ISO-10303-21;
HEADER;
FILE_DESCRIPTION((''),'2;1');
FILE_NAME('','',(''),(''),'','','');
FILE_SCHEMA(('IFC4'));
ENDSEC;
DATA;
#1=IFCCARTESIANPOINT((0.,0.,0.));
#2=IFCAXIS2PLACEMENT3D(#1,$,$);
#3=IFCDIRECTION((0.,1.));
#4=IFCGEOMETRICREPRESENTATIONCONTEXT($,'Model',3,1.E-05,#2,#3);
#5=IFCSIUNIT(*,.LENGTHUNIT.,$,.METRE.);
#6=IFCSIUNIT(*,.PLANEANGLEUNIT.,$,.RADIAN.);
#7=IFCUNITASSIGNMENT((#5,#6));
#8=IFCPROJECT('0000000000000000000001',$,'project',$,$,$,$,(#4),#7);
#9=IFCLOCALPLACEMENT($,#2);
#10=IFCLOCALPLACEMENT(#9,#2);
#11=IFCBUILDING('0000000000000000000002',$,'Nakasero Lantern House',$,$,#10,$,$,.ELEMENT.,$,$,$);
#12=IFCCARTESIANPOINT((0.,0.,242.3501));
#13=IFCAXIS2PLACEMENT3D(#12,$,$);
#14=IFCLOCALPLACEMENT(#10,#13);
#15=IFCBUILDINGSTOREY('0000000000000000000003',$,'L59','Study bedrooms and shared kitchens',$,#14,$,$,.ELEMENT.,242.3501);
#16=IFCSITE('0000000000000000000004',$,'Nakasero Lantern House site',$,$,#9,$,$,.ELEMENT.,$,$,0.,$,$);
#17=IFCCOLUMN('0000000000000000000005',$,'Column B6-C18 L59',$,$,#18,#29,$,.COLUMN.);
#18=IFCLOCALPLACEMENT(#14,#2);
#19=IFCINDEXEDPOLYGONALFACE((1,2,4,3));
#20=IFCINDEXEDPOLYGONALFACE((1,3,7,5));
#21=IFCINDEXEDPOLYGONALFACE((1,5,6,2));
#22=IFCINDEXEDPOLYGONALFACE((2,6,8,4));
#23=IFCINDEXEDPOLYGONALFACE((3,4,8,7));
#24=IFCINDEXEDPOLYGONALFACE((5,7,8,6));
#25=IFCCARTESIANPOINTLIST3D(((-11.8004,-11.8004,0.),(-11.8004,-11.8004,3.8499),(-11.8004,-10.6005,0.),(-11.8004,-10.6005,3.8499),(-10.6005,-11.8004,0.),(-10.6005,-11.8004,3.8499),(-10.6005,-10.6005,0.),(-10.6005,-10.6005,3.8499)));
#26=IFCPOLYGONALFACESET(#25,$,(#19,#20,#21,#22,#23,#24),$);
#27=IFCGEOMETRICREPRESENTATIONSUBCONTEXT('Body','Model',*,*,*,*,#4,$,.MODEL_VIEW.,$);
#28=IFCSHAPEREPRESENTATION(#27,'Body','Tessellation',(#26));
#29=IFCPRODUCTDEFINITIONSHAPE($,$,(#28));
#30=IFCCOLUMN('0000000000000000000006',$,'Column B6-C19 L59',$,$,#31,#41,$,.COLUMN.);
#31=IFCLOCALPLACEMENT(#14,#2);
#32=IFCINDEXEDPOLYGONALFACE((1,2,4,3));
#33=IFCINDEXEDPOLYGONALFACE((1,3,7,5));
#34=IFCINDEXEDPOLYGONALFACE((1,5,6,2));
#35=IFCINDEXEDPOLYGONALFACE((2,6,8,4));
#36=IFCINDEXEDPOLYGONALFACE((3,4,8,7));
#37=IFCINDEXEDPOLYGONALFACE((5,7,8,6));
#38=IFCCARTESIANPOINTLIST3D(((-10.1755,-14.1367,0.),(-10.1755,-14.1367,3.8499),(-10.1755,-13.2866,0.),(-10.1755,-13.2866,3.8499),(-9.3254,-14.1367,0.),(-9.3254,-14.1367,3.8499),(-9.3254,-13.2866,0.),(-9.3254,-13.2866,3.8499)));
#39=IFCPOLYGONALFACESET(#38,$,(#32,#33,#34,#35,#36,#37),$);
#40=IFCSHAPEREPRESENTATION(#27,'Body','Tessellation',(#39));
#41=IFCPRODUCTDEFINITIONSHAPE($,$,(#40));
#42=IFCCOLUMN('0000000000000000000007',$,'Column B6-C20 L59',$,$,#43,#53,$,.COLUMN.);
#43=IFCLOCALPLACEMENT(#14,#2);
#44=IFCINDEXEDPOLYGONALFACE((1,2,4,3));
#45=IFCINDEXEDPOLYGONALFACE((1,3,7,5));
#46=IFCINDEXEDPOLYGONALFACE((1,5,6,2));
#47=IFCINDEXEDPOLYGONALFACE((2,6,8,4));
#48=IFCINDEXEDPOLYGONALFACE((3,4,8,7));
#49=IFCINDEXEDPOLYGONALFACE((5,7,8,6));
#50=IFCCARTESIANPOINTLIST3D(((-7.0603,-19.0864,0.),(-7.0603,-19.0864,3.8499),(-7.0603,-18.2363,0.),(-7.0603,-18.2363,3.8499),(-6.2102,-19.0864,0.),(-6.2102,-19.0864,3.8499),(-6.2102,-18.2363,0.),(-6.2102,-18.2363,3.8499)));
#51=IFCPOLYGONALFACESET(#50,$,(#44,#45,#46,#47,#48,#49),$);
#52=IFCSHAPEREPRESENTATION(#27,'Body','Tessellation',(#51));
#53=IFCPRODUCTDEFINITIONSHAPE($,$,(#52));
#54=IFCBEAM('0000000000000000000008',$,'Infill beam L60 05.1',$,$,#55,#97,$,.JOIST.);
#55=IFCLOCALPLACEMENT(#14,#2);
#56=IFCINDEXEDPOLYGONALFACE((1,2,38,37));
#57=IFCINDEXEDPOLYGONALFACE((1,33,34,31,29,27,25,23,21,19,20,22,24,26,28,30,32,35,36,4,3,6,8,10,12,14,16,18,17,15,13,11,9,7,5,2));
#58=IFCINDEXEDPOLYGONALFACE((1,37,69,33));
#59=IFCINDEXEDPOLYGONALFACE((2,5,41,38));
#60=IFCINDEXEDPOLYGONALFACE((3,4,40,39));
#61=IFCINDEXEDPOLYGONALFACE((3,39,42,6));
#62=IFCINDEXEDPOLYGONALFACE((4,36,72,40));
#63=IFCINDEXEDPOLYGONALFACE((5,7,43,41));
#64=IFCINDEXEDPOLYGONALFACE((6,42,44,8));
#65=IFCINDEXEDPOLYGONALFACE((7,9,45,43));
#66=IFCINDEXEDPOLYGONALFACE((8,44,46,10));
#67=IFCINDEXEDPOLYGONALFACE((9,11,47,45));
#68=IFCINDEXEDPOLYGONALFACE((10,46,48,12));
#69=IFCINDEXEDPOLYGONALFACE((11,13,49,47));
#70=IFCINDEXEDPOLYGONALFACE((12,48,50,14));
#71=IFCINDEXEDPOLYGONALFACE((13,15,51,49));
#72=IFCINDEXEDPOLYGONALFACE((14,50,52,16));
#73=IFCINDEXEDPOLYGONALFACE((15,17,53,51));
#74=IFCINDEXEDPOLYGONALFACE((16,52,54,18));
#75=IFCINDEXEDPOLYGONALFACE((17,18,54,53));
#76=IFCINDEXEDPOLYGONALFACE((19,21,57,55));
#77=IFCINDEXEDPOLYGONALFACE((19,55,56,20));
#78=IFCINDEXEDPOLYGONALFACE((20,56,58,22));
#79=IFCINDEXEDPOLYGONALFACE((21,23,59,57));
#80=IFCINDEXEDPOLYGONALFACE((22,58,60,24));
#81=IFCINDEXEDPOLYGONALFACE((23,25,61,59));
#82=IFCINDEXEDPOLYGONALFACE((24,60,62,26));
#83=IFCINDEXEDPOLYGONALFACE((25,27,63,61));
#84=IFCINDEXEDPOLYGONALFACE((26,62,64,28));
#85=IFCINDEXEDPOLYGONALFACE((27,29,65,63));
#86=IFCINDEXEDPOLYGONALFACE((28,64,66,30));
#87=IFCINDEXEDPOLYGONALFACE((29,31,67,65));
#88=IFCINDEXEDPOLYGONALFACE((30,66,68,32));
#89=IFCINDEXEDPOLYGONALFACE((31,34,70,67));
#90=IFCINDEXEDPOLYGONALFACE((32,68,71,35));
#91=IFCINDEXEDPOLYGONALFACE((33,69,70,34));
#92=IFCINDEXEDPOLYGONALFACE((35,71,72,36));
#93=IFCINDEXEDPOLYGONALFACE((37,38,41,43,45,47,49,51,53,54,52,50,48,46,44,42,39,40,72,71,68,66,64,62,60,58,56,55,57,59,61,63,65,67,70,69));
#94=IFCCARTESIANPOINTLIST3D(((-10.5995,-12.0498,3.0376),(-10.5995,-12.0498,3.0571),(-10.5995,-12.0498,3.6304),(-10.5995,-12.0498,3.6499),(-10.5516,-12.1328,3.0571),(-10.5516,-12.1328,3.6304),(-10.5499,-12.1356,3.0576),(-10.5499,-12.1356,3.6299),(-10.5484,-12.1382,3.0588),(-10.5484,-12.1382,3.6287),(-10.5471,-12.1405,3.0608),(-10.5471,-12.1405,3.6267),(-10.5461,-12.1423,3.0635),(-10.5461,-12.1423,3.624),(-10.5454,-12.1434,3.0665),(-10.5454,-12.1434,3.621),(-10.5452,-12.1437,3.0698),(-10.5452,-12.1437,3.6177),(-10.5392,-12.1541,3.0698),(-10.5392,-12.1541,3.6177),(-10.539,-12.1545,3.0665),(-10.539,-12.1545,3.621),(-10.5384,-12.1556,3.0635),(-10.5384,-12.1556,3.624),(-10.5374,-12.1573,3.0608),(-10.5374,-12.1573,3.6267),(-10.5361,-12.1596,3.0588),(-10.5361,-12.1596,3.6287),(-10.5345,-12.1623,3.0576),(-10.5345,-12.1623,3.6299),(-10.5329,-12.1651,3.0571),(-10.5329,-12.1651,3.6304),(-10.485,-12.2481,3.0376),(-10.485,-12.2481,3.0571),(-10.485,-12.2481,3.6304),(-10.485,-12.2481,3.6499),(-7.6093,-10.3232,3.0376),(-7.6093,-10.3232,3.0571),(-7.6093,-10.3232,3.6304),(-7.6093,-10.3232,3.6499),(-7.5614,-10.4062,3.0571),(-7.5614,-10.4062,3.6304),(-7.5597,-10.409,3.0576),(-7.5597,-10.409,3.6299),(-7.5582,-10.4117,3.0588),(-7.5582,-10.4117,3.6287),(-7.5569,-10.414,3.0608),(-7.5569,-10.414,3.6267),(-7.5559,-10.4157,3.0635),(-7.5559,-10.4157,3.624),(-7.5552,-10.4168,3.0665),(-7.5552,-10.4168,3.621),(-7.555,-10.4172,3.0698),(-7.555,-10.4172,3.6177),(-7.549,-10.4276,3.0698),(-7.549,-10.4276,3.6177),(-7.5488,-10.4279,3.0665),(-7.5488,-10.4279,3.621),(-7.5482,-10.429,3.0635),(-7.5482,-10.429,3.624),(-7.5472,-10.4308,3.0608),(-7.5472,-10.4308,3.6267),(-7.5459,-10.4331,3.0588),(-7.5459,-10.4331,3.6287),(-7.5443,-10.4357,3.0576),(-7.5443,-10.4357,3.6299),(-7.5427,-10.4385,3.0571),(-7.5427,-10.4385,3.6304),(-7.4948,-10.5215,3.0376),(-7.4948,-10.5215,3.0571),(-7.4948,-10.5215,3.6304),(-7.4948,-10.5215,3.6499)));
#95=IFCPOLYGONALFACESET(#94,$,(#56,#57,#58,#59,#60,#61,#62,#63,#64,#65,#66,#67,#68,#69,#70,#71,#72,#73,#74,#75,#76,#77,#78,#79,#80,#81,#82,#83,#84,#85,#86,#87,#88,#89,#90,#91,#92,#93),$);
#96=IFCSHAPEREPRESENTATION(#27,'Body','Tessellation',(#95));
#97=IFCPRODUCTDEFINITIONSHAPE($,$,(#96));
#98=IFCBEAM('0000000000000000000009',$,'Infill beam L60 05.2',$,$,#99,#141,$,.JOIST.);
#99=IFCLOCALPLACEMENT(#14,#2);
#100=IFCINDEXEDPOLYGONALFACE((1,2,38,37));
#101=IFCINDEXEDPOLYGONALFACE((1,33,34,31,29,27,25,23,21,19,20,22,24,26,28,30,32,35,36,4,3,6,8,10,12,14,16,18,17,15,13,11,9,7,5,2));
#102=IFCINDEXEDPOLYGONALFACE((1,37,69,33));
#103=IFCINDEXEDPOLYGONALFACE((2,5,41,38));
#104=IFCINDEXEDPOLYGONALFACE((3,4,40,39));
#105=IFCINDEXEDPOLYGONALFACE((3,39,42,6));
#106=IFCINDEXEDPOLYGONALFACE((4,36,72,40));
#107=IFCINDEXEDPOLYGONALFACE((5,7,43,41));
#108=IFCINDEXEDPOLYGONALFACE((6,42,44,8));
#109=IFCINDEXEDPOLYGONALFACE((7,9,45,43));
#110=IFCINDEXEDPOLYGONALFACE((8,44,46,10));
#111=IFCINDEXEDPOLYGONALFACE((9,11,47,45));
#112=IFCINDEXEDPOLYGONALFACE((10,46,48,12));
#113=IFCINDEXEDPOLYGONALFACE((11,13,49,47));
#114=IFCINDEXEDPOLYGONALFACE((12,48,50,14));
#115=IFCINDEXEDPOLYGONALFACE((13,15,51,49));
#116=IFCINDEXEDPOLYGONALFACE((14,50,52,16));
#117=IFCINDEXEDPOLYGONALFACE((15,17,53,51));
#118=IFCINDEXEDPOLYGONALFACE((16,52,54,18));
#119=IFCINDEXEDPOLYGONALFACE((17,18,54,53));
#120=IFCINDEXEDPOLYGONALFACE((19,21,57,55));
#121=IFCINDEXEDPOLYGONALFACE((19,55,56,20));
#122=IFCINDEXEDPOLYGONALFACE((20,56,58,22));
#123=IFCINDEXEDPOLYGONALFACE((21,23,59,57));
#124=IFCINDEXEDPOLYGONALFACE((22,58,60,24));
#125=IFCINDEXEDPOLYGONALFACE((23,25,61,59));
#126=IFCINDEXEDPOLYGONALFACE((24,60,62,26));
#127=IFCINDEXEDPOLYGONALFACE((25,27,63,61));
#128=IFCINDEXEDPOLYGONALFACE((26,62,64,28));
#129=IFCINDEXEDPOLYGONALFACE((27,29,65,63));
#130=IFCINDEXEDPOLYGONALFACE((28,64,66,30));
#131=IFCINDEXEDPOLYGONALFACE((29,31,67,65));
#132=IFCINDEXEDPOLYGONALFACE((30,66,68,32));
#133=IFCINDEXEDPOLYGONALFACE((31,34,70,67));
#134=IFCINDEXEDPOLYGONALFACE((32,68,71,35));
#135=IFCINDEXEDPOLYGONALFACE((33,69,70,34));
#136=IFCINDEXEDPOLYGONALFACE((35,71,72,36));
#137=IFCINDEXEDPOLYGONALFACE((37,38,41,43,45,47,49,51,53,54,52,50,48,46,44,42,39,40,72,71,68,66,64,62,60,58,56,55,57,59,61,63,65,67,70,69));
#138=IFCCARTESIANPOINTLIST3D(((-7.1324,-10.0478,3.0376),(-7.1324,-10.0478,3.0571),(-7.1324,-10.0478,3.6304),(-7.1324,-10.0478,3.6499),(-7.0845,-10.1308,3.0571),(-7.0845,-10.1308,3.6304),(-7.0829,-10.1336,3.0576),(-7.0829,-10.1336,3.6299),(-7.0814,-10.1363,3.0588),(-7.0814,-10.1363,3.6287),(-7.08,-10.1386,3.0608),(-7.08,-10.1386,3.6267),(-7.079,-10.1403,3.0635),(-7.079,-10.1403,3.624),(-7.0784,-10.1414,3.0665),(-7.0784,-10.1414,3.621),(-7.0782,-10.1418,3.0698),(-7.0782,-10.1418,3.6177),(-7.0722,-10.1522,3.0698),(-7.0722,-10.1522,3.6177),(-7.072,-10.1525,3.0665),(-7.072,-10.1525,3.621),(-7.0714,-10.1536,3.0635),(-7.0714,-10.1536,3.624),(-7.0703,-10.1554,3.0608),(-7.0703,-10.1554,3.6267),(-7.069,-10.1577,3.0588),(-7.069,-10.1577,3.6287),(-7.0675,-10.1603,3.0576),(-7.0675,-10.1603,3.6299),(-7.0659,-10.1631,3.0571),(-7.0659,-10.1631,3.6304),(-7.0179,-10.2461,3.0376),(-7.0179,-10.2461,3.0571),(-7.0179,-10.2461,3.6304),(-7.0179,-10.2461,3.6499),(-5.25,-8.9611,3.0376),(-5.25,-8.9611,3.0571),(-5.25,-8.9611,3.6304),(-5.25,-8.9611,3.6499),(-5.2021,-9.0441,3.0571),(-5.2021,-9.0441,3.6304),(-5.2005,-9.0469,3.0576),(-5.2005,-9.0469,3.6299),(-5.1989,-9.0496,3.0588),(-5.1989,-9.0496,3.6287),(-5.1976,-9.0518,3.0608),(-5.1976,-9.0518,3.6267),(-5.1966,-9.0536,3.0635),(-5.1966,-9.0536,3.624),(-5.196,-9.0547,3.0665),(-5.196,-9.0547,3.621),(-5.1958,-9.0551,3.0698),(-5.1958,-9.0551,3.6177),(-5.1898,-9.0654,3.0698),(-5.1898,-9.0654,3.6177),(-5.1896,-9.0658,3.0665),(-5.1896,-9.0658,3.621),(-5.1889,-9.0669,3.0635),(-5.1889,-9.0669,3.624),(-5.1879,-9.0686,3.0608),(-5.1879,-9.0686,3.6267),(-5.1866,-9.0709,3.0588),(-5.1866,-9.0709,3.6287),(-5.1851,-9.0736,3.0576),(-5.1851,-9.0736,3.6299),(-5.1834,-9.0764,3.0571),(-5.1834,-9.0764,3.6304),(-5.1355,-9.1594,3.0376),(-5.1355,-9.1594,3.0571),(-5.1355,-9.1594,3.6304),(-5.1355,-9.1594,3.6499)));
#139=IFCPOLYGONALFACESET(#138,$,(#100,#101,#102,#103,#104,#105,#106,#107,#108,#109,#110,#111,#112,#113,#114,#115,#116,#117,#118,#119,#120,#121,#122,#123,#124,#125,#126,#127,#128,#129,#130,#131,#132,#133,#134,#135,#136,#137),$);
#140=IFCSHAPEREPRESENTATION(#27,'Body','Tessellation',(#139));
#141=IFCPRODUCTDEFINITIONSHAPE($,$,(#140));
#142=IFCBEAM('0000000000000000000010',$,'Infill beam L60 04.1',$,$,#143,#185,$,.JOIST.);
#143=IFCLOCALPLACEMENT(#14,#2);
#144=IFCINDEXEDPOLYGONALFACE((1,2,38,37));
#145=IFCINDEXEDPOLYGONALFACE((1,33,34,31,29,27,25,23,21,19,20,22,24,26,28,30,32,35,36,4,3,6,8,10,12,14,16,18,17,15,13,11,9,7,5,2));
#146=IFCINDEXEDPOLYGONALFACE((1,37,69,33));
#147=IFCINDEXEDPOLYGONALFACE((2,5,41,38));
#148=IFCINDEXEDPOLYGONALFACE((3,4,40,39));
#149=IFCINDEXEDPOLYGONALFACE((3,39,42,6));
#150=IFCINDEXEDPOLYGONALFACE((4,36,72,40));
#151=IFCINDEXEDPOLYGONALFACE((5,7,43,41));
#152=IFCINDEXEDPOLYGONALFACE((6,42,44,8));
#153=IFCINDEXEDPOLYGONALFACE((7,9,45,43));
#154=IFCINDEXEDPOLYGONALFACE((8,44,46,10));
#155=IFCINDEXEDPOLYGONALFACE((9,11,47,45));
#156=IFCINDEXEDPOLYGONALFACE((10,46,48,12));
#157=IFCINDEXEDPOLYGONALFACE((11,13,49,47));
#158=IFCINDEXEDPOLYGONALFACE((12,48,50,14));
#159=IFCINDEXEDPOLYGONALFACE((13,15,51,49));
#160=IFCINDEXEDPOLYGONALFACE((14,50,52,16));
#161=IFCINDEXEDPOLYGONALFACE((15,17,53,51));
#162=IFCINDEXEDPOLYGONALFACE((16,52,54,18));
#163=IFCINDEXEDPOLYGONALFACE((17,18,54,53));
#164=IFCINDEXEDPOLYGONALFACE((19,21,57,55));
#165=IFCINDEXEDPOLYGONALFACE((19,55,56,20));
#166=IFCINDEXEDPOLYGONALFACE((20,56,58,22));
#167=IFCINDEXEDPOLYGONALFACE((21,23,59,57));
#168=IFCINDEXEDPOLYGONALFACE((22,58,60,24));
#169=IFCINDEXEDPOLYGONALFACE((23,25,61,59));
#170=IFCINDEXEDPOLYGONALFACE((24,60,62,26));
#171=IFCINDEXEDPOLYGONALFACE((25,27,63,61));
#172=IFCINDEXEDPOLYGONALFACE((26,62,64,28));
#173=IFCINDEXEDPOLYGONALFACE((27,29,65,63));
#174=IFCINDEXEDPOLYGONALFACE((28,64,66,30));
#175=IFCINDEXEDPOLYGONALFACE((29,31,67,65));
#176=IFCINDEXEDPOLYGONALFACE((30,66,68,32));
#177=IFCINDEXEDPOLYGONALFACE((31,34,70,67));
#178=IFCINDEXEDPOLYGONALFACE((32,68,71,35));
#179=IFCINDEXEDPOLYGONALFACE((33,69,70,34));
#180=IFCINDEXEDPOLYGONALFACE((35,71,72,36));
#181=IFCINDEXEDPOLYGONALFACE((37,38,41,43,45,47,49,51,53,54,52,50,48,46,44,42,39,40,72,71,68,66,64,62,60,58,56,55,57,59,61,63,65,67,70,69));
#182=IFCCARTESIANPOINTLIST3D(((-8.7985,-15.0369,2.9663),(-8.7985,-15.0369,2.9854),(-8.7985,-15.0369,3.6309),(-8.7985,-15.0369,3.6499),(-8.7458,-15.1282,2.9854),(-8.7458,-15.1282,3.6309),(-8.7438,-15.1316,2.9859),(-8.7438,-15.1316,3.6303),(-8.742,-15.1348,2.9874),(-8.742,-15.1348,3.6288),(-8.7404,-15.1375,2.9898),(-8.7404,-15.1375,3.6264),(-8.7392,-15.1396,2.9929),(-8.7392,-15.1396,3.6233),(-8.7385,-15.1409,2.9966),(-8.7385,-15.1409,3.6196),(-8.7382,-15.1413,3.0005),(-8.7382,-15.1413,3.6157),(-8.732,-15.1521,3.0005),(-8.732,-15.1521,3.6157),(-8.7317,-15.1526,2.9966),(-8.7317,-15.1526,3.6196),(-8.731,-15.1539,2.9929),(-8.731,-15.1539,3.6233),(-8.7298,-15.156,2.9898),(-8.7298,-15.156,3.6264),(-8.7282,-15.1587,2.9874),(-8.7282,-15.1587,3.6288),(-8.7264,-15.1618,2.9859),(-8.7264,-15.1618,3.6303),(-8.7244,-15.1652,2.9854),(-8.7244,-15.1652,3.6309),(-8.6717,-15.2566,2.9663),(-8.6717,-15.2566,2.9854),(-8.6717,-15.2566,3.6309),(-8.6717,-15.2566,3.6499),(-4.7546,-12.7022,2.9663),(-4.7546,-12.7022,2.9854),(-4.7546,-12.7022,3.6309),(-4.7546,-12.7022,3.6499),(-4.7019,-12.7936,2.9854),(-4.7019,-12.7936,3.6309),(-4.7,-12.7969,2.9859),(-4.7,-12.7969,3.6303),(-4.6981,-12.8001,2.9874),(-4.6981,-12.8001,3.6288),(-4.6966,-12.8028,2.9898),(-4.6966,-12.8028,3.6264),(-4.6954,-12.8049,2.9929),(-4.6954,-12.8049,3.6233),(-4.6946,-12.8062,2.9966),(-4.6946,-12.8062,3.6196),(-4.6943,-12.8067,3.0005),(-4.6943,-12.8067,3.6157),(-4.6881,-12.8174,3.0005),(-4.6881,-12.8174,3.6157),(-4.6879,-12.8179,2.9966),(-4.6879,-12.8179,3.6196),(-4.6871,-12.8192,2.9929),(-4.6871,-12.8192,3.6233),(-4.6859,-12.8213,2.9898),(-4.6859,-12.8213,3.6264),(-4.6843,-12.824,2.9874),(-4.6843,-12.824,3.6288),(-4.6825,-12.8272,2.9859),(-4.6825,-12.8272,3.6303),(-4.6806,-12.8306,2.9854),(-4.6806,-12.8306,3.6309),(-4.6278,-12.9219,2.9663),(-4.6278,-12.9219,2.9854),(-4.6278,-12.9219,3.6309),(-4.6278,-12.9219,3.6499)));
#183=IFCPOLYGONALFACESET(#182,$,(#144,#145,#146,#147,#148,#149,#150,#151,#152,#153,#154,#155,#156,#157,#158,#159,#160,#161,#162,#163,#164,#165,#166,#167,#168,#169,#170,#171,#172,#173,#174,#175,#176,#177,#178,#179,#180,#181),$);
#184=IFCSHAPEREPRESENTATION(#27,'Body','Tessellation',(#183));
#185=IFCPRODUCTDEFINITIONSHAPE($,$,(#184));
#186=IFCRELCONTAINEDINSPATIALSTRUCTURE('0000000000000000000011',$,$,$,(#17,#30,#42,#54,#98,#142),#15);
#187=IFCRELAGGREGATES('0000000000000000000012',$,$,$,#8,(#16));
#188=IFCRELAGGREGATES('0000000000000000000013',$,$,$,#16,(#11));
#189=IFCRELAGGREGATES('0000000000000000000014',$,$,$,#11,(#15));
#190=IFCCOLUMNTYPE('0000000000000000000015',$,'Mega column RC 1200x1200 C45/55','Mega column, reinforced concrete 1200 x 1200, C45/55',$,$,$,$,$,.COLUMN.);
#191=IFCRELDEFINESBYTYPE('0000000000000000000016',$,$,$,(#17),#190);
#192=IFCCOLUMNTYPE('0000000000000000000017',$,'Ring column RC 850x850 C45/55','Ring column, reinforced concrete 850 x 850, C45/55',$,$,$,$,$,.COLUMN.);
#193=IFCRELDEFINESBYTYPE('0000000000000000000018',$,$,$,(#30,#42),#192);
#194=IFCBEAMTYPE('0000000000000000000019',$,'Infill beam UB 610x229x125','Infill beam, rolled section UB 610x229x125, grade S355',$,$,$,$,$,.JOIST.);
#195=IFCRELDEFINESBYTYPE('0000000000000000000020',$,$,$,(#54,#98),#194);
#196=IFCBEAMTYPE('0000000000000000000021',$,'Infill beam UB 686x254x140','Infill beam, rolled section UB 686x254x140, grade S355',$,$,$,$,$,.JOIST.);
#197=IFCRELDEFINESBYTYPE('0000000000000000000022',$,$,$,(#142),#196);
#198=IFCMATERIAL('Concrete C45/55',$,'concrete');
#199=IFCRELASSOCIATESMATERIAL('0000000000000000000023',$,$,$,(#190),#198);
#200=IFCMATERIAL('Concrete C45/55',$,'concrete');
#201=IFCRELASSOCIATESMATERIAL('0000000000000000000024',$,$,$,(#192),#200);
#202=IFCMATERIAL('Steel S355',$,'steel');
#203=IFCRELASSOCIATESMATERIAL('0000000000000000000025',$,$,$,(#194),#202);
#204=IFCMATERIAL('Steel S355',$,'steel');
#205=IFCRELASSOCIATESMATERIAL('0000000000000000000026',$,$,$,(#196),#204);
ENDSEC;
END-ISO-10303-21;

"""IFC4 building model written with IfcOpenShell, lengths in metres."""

from ifc_helpers import new_model, si_unit, direction, frame, origin, origin_2d, place, context, subcontext, project, spatial, rectangle, i_section, extrude, material, material_profile, profile_set, type_object, element, save


model = new_model("IFC4")

# Units and contexts
model_context = context("Model", 3, precision=1e-05, world=origin(), true_north=direction((0.0, 1.0)))
body_context = subcontext(model_context, "Body", "Model", "MODEL_VIEW")
ifc_project = project(units=[si_unit("LENGTHUNIT", "METRE"), si_unit("PLANEANGLEUNIT", "RADIAN")], contexts=[model_context])

# Site, building, storey
site_placement = place(None, origin())
site = spatial("IfcSite", under=ifc_project, at=site_placement, Name="Nakasero Lantern House site", CompositionType="ELEMENT", RefElevation=0.0)
building_placement = place(site_placement, origin())
building = spatial("IfcBuilding", under=site, at=building_placement, Name="Nakasero Lantern House", CompositionType="ELEMENT")
storey_placement = place(building_placement, frame((0.0, 0.0, 242.3501)))
storey = spatial("IfcBuildingStorey", under=building, at=storey_placement, Name="L59", Description="Study bedrooms and shared kitchens", CompositionType="ELEMENT", Elevation=242.3501)

# Columns
ifc_material_1 = material(Name="Concrete C45/55", Category="concrete")
ifc_material_profile_1 = material_profile(ifc_material_1, rectangle(XDim=1.2, YDim=1.2, at=origin_2d()), Name="RC 1200x1200")
ifc_profile_set_1 = profile_set([ifc_material_profile_1], Name="Concrete C45/55")
column_type_1 = type_object("IfcColumnType", Name="Mega column RC 1200x1200 C45/55", Description="Mega column, reinforced concrete 1200 x 1200, C45/55", PredefinedType="COLUMN", material=ifc_profile_set_1)
column_placement = place(storey_placement, frame((-11.2004, -11.2004, 0.0), z_axis=(0.0, 0.0, 1.0), x_axis=(1.0, 0.0, 0.0)))
element("IfcColumn", 1, at=column_placement, inside=storey, type_object=column_type_1, Name="Column B6-C18 L59", PredefinedType="COLUMN", context=body_context, shape_type="SweptSolid", body=[
    extrude(rectangle(XDim=1.2, YDim=1.2, at=origin_2d()), origin(), (0.0, 0.0, 1.0), 3.8499),
])
ifc_material_2 = material(Name="Concrete C45/55", Category="concrete")
ifc_material_profile_2 = material_profile(ifc_material_2, rectangle(XDim=0.8501, YDim=0.8501, at=origin_2d()), Name="RC 850x850")
ifc_profile_set_2 = profile_set([ifc_material_profile_2], Name="Concrete C45/55")
column_type_2 = type_object("IfcColumnType", Name="Ring column RC 850x850 C45/55", Description="Ring column, reinforced concrete 850 x 850, C45/55", PredefinedType="COLUMN", material=ifc_profile_set_2)
for number, where, z_axis, x_axis, name in (
    (2, (-9.7505, -13.7117, 0.0), (0.0, 0.0, 1.0), (1.0, 0.0, 0.0), "Column B6-C19 L59"),
    (3, (-6.6353, -18.6614, 0.0), (0.0, 0.0, 1.0), (1.0, 0.0, 0.0), "Column B6-C20 L59"),
):
    element("IfcColumn", number, at=place(storey_placement, frame(where, z_axis=z_axis, x_axis=x_axis)), inside=storey, type_object=column_type_2, Name=name, PredefinedType="COLUMN", context=body_context, shape_type="SweptSolid", body=[
        extrude(rectangle(XDim=0.8501, YDim=0.8501, at=origin_2d()), origin(), (0.0, 0.0, 1.0), 3.8499),
    ])

# Beams
ifc_material_3 = material(Name="Steel S355", Category="steel")
ifc_material_profile_3 = material_profile(ifc_material_3, i_section(OverallWidth=0.229, OverallDepth=0.6123, WebThickness=0.012, FlangeThickness=0.0195, FilletRadius=0.0127, at=origin_2d()), Name="UB 610x229x125")
ifc_profile_set_3 = profile_set([ifc_material_profile_3], Name="Steel S355")
beam_type_1 = type_object("IfcBeamType", Name="Infill beam UB 610x229x125", Description="Infill beam, rolled section UB 610x229x125, grade S355", PredefinedType="JOIST", material=ifc_profile_set_3)
beam_1_placement = place(storey_placement, frame((-10.5422, -12.1489, 3.3438), z_axis=(0.866007, 0.500033, 0.0), x_axis=(-0.500033, 0.866007, 0.0)))
element("IfcBeam", 4, at=beam_1_placement, inside=storey, type_object=beam_type_1, Name="Infill beam L60 05.1", PredefinedType="JOIST", context=body_context, shape_type="SweptSolid", body=[
    extrude(i_section(OverallWidth=0.229, OverallDepth=0.6123, WebThickness=0.012, FlangeThickness=0.0195, FilletRadius=0.0127, at=origin_2d()), origin(), (0.0, 0.0, 1.0), 3.4529),
])
beam_2_placement = place(storey_placement, frame((-7.0752, -10.147, 3.3438), z_axis=(0.866043, 0.499969, 0.0), x_axis=(-0.499969, 0.866043, 0.0)))
element("IfcBeam", 5, at=beam_2_placement, inside=storey, type_object=beam_type_1, Name="Infill beam L60 05.2", PredefinedType="JOIST", context=body_context, shape_type="SweptSolid", body=[
    extrude(i_section(OverallWidth=0.229, OverallDepth=0.6123, WebThickness=0.012, FlangeThickness=0.0195, FilletRadius=0.0127, at=origin_2d()), origin(), (0.0, 0.0, 1.0), 2.1736),
])
ifc_material_4 = material(Name="Steel S355", Category="steel")
ifc_material_profile_4 = material_profile(ifc_material_4, i_section(OverallWidth=0.2537, OverallDepth=0.6836, WebThickness=0.0125, FlangeThickness=0.019, FilletRadius=0.0151, at=origin_2d()), Name="UB 686x254x140")
ifc_profile_set_4 = profile_set([ifc_material_profile_4], Name="Steel S355")
beam_type_2 = type_object("IfcBeamType", Name="Infill beam UB 686x254x140", Description="Infill beam, rolled section UB 686x254x140, grade S355", PredefinedType="JOIST", material=ifc_profile_set_4)
beam_3_placement = place(storey_placement, frame((-8.7351, -15.1467, 3.3081), z_axis=(0.866031, 0.499991, 0.0), x_axis=(-0.499991, 0.866031, 0.0)))
element("IfcBeam", 6, at=beam_3_placement, inside=storey, type_object=beam_type_2, Name="Infill beam L60 04.1", PredefinedType="JOIST", context=body_context, shape_type="SweptSolid", body=[
    extrude(i_section(OverallWidth=0.2537, OverallDepth=0.6836, WebThickness=0.0125, FlangeThickness=0.019, FilletRadius=0.0151, at=origin_2d()), origin(), (0.0, 0.0, 1.0), 4.6694),
])

save(model, "model.ifc")
